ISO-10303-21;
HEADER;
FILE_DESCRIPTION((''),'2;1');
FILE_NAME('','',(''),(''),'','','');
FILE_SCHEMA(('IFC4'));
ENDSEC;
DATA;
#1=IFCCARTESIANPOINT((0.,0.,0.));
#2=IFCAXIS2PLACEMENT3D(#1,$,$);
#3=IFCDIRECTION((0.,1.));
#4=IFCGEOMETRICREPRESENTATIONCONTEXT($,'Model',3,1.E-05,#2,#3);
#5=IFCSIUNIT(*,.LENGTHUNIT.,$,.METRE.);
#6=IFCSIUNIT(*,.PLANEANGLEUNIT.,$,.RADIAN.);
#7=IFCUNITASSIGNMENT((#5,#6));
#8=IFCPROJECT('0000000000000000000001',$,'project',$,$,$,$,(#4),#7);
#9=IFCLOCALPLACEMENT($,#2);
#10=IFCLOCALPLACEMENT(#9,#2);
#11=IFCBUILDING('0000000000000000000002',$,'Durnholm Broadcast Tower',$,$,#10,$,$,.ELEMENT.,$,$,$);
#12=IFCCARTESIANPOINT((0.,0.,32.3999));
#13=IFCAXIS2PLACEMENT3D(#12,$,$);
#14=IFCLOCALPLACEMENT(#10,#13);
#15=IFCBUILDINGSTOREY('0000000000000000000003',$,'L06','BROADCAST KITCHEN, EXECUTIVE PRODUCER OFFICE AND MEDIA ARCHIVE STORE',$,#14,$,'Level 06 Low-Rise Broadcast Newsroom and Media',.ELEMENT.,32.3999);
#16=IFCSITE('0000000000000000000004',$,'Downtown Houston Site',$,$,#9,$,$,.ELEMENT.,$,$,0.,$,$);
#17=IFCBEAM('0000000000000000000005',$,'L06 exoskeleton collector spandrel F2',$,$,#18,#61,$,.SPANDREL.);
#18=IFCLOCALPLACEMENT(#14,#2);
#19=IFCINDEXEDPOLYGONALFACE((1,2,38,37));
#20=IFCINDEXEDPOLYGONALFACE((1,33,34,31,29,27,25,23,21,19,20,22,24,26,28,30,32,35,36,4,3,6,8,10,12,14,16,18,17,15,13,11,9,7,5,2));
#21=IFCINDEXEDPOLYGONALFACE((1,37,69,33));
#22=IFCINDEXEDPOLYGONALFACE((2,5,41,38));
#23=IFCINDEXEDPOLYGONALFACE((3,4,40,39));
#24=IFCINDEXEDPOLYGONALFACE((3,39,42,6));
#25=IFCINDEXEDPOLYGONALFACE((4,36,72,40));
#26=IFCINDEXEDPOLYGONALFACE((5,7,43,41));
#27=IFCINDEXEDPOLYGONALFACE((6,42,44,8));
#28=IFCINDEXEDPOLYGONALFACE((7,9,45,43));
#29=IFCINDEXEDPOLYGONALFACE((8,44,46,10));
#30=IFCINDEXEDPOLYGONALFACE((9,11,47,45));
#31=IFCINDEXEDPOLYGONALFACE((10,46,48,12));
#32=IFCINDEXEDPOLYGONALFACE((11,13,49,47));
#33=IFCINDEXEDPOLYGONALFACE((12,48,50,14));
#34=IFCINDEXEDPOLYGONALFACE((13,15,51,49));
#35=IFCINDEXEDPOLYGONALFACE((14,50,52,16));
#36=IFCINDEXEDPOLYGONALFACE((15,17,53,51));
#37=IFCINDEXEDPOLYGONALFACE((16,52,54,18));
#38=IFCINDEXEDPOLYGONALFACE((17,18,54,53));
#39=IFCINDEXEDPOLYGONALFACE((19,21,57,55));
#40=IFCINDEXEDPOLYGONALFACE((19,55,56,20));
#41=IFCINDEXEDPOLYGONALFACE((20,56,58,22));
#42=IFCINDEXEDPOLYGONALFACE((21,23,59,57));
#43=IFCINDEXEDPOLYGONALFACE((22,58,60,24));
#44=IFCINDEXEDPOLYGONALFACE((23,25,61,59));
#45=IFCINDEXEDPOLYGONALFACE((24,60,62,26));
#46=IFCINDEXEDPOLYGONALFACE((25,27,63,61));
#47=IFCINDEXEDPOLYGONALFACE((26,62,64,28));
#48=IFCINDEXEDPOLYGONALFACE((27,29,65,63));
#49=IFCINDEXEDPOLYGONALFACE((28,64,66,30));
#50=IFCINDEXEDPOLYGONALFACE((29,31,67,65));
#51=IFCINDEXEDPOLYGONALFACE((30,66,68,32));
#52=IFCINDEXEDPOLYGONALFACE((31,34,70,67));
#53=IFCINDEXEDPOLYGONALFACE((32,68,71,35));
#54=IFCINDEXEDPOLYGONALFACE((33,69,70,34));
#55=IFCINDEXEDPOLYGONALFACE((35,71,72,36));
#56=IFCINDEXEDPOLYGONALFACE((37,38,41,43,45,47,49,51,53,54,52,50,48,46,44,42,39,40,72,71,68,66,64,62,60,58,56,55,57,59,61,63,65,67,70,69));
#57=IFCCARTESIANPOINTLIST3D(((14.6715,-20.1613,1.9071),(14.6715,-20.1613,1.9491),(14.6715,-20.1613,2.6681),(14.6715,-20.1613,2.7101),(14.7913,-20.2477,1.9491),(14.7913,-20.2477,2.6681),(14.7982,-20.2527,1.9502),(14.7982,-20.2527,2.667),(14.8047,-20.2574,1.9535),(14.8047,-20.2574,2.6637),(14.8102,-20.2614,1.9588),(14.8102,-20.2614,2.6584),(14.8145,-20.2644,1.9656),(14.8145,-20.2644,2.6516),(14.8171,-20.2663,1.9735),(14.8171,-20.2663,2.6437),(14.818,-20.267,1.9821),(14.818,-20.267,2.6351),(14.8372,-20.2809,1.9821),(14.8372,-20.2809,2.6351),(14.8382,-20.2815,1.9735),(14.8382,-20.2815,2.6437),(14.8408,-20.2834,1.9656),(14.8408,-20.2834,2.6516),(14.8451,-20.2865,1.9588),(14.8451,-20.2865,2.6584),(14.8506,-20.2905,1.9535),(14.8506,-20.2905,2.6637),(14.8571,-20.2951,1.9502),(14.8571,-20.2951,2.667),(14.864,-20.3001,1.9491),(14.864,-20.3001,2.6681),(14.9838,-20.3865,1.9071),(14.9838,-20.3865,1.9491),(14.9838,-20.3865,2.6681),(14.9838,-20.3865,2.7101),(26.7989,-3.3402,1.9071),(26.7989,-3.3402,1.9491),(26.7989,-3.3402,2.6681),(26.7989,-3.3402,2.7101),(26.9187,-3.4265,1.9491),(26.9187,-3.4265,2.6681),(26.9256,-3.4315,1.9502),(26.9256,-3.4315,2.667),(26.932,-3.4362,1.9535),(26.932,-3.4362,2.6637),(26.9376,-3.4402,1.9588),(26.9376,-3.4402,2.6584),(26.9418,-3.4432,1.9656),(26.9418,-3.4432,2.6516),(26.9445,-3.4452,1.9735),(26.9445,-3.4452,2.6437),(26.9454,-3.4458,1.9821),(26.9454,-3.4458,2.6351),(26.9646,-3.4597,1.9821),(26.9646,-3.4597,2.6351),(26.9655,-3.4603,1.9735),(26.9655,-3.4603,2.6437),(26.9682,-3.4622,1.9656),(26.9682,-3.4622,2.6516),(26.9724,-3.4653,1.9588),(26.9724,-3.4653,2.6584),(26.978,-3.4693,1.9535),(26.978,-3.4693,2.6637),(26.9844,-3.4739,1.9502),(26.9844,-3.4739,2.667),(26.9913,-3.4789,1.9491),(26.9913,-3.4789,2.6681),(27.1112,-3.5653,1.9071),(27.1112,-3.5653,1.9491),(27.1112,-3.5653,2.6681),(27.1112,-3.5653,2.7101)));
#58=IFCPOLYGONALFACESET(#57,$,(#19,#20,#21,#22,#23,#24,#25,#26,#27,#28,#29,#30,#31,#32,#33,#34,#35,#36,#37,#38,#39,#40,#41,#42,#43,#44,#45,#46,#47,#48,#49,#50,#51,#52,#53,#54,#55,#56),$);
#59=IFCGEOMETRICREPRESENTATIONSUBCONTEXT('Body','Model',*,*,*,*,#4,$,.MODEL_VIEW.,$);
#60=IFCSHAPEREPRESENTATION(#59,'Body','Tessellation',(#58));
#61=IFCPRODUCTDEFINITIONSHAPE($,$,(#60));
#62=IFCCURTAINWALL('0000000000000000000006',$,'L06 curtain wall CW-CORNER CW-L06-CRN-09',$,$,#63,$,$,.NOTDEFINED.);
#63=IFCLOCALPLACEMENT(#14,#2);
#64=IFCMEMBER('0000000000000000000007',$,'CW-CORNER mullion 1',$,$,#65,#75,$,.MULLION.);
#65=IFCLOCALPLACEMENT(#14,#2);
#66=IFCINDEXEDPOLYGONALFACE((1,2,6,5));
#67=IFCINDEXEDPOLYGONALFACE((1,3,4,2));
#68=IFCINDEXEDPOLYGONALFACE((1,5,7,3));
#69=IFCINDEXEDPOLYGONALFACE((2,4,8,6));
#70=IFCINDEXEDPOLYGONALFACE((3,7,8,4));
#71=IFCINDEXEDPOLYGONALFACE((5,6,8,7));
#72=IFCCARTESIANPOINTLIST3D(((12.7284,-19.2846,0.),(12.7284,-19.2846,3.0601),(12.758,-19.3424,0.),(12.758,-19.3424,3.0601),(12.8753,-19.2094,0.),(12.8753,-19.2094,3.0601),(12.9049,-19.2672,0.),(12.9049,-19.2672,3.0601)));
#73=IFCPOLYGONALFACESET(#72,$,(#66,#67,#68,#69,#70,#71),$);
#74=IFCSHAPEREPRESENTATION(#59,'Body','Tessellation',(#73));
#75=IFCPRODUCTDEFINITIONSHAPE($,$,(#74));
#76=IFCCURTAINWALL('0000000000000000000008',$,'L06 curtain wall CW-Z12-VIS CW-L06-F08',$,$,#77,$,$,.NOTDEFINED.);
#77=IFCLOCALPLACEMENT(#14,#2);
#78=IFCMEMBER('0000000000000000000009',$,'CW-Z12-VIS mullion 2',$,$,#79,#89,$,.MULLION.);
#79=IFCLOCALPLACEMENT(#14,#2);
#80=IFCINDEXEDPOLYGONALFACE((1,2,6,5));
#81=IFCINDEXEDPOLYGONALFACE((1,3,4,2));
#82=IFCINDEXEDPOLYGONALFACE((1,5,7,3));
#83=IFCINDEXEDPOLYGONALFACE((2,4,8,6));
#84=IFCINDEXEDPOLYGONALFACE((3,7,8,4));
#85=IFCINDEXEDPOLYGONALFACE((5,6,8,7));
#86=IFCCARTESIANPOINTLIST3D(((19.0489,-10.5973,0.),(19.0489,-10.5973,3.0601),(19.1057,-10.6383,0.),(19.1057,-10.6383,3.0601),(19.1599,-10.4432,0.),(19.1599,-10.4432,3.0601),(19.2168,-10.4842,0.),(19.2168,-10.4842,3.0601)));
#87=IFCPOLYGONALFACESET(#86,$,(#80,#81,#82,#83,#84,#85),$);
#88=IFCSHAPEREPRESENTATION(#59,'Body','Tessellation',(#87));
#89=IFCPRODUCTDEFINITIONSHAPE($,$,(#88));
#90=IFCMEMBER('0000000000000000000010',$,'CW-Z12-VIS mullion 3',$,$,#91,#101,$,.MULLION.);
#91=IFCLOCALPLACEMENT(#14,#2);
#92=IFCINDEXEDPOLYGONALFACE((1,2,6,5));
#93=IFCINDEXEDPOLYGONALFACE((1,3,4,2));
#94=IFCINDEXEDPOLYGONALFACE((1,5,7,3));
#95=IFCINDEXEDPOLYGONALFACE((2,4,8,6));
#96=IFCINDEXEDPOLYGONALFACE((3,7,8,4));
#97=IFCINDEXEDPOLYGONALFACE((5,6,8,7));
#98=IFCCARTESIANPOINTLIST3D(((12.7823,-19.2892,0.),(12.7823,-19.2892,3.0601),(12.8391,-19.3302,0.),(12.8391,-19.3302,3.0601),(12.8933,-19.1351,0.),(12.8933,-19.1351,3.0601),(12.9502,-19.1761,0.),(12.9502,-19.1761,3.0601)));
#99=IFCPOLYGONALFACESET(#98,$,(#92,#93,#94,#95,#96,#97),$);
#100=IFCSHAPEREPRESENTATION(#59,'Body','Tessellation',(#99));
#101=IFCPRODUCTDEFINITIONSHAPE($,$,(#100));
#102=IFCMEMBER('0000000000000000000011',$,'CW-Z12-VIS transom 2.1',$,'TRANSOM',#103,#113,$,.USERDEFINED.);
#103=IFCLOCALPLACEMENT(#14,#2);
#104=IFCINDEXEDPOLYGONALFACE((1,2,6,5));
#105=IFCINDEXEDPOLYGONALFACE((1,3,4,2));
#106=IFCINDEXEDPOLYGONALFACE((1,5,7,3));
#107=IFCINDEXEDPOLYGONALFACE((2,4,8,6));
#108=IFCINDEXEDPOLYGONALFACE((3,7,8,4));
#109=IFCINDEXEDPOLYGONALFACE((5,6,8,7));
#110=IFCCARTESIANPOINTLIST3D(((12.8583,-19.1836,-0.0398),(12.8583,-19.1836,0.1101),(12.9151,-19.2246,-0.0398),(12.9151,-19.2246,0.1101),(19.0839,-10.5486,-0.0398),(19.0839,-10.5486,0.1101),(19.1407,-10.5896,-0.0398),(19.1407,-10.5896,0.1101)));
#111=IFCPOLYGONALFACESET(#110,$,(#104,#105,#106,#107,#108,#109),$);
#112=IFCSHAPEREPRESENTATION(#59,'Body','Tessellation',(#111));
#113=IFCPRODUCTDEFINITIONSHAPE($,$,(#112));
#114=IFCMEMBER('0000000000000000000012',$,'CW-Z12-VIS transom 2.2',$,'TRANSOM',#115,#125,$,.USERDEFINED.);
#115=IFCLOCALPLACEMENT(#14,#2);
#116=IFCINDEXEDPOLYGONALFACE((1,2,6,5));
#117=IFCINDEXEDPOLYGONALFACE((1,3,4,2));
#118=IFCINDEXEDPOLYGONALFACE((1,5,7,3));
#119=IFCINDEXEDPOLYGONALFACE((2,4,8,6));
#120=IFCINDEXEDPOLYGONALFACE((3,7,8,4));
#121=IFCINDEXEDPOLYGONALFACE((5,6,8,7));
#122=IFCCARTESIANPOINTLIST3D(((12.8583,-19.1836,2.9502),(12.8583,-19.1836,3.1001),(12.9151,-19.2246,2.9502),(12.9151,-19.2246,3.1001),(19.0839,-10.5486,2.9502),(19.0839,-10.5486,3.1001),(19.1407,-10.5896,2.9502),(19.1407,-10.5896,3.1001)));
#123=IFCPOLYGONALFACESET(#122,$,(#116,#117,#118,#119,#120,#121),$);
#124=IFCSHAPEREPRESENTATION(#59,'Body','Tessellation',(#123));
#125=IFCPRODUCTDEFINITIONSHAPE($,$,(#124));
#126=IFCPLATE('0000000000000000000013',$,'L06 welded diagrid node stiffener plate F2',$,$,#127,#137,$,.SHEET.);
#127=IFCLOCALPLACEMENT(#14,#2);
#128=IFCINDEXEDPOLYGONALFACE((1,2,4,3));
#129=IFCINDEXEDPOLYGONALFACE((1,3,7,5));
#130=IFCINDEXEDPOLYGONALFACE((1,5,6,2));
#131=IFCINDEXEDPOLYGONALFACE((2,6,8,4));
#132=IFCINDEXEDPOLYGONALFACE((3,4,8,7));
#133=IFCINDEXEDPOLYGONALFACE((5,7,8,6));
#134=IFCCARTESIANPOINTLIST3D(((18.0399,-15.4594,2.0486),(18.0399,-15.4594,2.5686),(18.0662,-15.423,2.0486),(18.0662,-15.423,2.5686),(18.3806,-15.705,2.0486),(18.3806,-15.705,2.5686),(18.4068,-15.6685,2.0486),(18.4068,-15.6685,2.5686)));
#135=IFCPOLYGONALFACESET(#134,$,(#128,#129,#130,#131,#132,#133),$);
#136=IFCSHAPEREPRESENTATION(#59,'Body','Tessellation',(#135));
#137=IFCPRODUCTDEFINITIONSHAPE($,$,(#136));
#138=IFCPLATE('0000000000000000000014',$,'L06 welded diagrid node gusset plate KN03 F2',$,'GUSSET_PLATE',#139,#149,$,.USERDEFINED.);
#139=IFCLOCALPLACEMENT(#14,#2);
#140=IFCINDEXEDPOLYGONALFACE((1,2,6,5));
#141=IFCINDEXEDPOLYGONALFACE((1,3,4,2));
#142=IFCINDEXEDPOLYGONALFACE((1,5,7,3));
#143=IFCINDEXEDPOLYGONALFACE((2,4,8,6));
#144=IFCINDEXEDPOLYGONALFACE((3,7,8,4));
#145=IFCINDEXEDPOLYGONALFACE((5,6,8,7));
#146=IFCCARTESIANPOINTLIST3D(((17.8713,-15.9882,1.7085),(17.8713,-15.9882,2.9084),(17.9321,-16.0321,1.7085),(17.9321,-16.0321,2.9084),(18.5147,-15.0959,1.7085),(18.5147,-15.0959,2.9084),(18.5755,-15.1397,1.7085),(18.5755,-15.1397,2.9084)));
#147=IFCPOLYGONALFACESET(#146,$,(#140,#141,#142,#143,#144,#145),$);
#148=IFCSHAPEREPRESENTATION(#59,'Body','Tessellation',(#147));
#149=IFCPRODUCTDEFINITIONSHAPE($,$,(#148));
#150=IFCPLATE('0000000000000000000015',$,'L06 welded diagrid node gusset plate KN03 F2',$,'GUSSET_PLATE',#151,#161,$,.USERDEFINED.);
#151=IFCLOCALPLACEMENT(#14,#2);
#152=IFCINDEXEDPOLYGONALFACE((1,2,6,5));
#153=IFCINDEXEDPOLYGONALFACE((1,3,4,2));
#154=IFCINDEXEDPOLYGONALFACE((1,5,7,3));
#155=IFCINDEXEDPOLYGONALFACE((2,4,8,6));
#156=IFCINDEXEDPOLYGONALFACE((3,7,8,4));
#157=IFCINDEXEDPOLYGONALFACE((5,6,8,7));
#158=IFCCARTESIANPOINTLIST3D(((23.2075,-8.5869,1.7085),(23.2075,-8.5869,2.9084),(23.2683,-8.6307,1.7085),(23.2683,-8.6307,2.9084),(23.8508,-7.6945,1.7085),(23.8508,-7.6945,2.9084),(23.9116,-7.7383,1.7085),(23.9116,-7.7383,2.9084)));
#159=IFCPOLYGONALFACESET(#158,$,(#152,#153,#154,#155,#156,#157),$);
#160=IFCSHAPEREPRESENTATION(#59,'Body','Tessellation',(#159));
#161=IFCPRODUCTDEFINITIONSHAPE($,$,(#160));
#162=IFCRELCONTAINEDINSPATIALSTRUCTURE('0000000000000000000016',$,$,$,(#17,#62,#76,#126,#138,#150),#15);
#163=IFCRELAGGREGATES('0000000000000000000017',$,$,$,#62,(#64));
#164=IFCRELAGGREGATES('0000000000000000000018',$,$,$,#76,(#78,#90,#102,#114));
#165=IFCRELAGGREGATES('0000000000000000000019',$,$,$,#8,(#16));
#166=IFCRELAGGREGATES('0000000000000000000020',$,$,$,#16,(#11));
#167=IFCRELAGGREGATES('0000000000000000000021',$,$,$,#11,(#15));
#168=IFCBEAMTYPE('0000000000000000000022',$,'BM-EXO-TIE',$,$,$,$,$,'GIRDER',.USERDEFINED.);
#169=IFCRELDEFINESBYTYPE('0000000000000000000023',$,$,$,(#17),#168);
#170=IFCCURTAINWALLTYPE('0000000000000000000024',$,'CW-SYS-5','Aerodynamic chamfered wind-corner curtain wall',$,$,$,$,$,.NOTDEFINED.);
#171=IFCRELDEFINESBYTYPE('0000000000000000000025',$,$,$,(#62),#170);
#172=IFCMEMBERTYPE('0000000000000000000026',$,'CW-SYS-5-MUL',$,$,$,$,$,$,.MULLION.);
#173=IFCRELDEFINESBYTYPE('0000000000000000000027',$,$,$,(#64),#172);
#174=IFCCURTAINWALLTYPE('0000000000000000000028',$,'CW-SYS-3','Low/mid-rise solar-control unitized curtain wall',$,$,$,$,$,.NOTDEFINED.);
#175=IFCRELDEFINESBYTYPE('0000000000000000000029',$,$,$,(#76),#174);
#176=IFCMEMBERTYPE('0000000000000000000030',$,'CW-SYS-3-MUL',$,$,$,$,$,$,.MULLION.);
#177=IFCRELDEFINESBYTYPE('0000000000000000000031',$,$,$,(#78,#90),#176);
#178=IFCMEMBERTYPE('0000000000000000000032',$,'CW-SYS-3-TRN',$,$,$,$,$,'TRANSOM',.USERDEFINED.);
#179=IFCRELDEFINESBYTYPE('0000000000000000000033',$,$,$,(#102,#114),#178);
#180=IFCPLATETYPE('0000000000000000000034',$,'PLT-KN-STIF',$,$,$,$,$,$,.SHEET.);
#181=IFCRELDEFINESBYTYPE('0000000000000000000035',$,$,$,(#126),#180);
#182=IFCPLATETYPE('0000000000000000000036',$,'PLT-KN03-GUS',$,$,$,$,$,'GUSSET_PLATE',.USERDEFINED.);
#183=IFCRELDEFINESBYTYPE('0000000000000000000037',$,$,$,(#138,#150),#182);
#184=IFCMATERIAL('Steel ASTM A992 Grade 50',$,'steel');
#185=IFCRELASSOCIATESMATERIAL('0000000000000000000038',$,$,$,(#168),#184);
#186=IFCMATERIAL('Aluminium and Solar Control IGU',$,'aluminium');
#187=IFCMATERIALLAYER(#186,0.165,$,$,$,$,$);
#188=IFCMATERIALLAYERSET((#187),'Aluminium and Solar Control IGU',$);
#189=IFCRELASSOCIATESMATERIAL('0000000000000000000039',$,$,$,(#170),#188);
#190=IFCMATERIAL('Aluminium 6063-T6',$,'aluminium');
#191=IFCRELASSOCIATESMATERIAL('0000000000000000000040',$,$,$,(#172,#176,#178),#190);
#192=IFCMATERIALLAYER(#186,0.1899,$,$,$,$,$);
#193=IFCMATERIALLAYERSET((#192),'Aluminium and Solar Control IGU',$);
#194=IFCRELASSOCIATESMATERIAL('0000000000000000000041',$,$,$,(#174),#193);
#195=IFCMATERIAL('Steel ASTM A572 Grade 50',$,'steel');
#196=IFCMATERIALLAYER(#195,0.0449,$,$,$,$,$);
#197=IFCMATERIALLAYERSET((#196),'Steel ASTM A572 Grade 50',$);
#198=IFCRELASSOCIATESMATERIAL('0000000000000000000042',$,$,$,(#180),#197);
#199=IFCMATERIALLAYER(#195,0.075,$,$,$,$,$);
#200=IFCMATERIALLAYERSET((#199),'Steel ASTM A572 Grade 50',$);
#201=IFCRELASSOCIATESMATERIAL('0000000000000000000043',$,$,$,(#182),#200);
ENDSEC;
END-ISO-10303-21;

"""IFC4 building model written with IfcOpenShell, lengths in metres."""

from ifc_helpers import new_model, si_unit, direction, frame, origin, origin_2d, place, context, subcontext, project, spatial, rectangle, i_section, extrude, source, transform, mapped, material, layer, layer_set, material_profile, profile_set, type_object, type_shapes, element, aggregate, save


model = new_model("IFC4")

# Units and contexts
model_context = context("Model", 3, precision=1e-05, world=origin(), true_north=direction((0.0, 1.0)))
body_context = subcontext(model_context, "Body", "Model", "MODEL_VIEW")
ifc_project = project(units=[si_unit("LENGTHUNIT", "METRE"), si_unit("PLANEANGLEUNIT", "RADIAN")], contexts=[model_context])

# Site, building, storey
site_placement = place(None, origin())
site = spatial("IfcSite", under=ifc_project, at=site_placement, Name="Downtown Houston Site", CompositionType="ELEMENT", RefElevation=0.0)
building_placement = place(site_placement, origin())
building = spatial("IfcBuilding", under=site, at=building_placement, Name="Durnholm Broadcast Tower", CompositionType="ELEMENT")
storey_placement = place(building_placement, frame((0.0, 0.0, 32.3999)))
storey = spatial("IfcBuildingStorey", under=building, at=storey_placement, Name="L06", Description="BROADCAST KITCHEN, EXECUTIVE PRODUCER OFFICE AND MEDIA ARCHIVE STORE", LongName="Level 06 Low-Rise Broadcast Newsroom and Media", CompositionType="ELEMENT", Elevation=32.3999)

# Beam
ifc_material_1 = material(Name="Steel ASTM A992 Grade 50", Category="steel")
ifc_material_profile_1 = material_profile(ifc_material_1, i_section(OverallWidth=0.385, OverallDepth=0.803, WebThickness=0.0237, FlangeThickness=0.042, FilletRadius=0.033, at=origin_2d()), Name="W30X261")
ifc_profile_set_1 = profile_set([ifc_material_profile_1], Name="Steel ASTM A992 Grade 50")
beam_type = type_object("IfcBeamType", Name="BM-EXO-TIE", ElementType="GIRDER", PredefinedType="USERDEFINED", material=ifc_profile_set_1)
shared_shape_1 = source(origin(), body_context, "Body", "SweptSolid", [
    extrude(i_section(OverallWidth=0.385, OverallDepth=0.803, WebThickness=0.0237, FlangeThickness=0.042, FilletRadius=0.033, at=origin_2d()), origin(), (0.0, 0.0, 1.0), 20.7371),
])
type_shapes(beam_type, [shared_shape_1])
for number, where, z_axis, x_axis, name in (
    (1, (14.8276, -20.2739, 2.3086), (0.584816, 0.811166, 0.0), (-0.811166, 0.584816, 0.0), "L06 exoskeleton collector spandrel F2"),
):
    element("IfcBeam", number, at=place(storey_placement, frame(where, z_axis=z_axis, x_axis=x_axis)), inside=storey, type_object=beam_type, Name=name, PredefinedType="SPANDREL", context=body_context, shape_type="MappedRepresentation", body=[
        mapped(shared_shape_1, transform((0.0, 0.0, 0.0), x_axis=(1.0, 0.0, 0.0), y_axis=(0.0, 1.0, 0.0), z_axis=(0.0, 0.0, 1.0), scale=1.0)),
    ])

# Curtain wall, member
ifc_material_2 = material(Name="Aluminium and Solar Control IGU", Category="aluminium")
ifc_layer_1 = layer(ifc_material_2, 0.165)
ifc_layer_set_1 = layer_set([ifc_layer_1], Name="Aluminium and Solar Control IGU")
curtain_wall_type_1 = type_object("IfcCurtainWallType", Name="CW-SYS-5", Description="Aerodynamic chamfered wind-corner curtain wall", PredefinedType="NOTDEFINED", material=ifc_layer_set_1)
curtain_wall_1_placement = place(storey_placement, origin())
curtain_wall_1 = element("IfcCurtainWall", 2, at=curtain_wall_1_placement, inside=storey, type_object=curtain_wall_type_1, Name="L06 curtain wall CW-CORNER CW-L06-CRN-09", PredefinedType="NOTDEFINED")
ifc_material_3 = material(Name="Aluminium 6063-T6", Category="aluminium")
ifc_material_profile_2 = material_profile(ifc_material_3, rectangle(XDim=0.0649, YDim=0.165, at=origin_2d()), Name="CWM65X165")
ifc_profile_set_2 = profile_set([ifc_material_profile_2], Name="Aluminium 6063-T6")
member_type_1 = type_object("IfcMemberType", Name="CW-SYS-5-MUL", PredefinedType="MULLION", material=ifc_profile_set_2)
shared_shape_2 = source(origin(), body_context, "Body", "SweptSolid", [
    extrude(rectangle(XDim=0.0649, YDim=0.165, at=origin_2d()), origin(), (0.0, 0.0, 1.0), 3.0601),
])
type_shapes(member_type_1, [shared_shape_2])
member_1_placement = place(storey_placement, frame((12.8167, -19.2759, 0.0), z_axis=(0.0, 0.0, 1.0), x_axis=(0.455594, -0.890188, 0.0)))
member_1 = element("IfcMember", 3, at=member_1_placement, type_object=member_type_1, Name="CW-CORNER mullion 1", PredefinedType="MULLION", context=body_context, shape_type="MappedRepresentation", body=[
    mapped(shared_shape_2, transform((0.0, 0.0, 0.0), x_axis=(1.0, 0.0, 0.0), y_axis=(0.0, 1.0, 0.0), z_axis=(0.0, 0.0, 1.0), scale=1.0)),
])
aggregate(curtain_wall_1, [member_1])

# Curtain wall, members
ifc_layer_2 = layer(ifc_material_2, 0.1899)
ifc_layer_set_2 = layer_set([ifc_layer_2], Name="Aluminium and Solar Control IGU")
curtain_wall_type_2 = type_object("IfcCurtainWallType", Name="CW-SYS-3", Description="Low/mid-rise solar-control unitized curtain wall", PredefinedType="NOTDEFINED", material=ifc_layer_set_2)
curtain_wall_2_placement = place(storey_placement, origin())
curtain_wall_2 = element("IfcCurtainWall", 4, at=curtain_wall_2_placement, inside=storey, type_object=curtain_wall_type_2, Name="L06 curtain wall CW-Z12-VIS CW-L06-F08", PredefinedType="NOTDEFINED")
ifc_material_profile_3 = material_profile(ifc_material_3, rectangle(XDim=0.0701, YDim=0.1899, at=origin_2d()), Name="CWM70X190")
ifc_profile_set_3 = profile_set([ifc_material_profile_3], Name="Aluminium 6063-T6")
member_type_2 = type_object("IfcMemberType", Name="CW-SYS-3-MUL", PredefinedType="MULLION", material=ifc_profile_set_3)
shared_shape_3 = source(origin(), body_context, "Body", "SweptSolid", [
    extrude(rectangle(XDim=0.0701, YDim=0.1899, at=origin_2d()), origin(), (0.0, 0.0, 1.0), 3.0601),
])
type_shapes(member_type_2, [shared_shape_3])
member_2_placement = place(storey_placement, frame((19.1328, -10.5408, 0.0), z_axis=(0.0, 0.0, 1.0), x_axis=(0.811161, -0.584823, 0.0)))
member_2 = element("IfcMember", 5, at=member_2_placement, type_object=member_type_2, Name="CW-Z12-VIS mullion 2", PredefinedType="MULLION", context=body_context, shape_type="MappedRepresentation", body=[
    mapped(shared_shape_3, transform((0.0, 0.0, 0.0), x_axis=(1.0, 0.0, 0.0), y_axis=(0.0, 1.0, 0.0), z_axis=(0.0, 0.0, 1.0), scale=1.0)),
])
member_3_placement = place(storey_placement, frame((12.8662, -19.2327, 0.0), z_axis=(0.0, 0.0, 1.0), x_axis=(0.811161, -0.584823, 0.0)))
member_3 = element("IfcMember", 6, at=member_3_placement, type_object=member_type_2, Name="CW-Z12-VIS mullion 3", PredefinedType="MULLION", context=body_context, shape_type="MappedRepresentation", body=[
    mapped(shared_shape_3, transform((0.0, 0.0, 0.0), x_axis=(1.0, 0.0, 0.0), y_axis=(0.0, 1.0, 0.0), z_axis=(0.0, 0.0, 1.0), scale=1.0)),
])
ifc_material_profile_4 = material_profile(ifc_material_3, rectangle(XDim=0.0701, YDim=0.1499, at=origin_2d()), Name="CWT70X150")
ifc_profile_set_4 = profile_set([ifc_material_profile_4], Name="Aluminium 6063-T6")
member_type_3 = type_object("IfcMemberType", Name="CW-SYS-3-TRN", ElementType="TRANSOM", PredefinedType="USERDEFINED", material=ifc_profile_set_4)
shared_shape_4 = source(origin(), body_context, "Body", "SweptSolid", [
    extrude(rectangle(XDim=0.0701, YDim=0.1499, at=origin_2d()), origin(), (0.0, 0.0, 1.0), 10.6453),
])
type_shapes(member_type_3, [shared_shape_4])
member_4_placement = place(storey_placement, frame((19.1123, -10.5691, 0.0352), z_axis=(-0.584823, -0.811161, 0.0), x_axis=(0.811161, -0.584823, 0.0)))
member_4 = element("IfcMember", 7, at=member_4_placement, type_object=member_type_3, Name="CW-Z12-VIS transom 2.1", ObjectType="TRANSOM", PredefinedType="USERDEFINED", context=body_context, shape_type="MappedRepresentation", body=[
    mapped(shared_shape_4, transform((0.0, 0.0, 0.0), x_axis=(1.0, 0.0, 0.0), y_axis=(0.0, 1.0, 0.0), z_axis=(0.0, 0.0, 1.0), scale=1.0)),
])
member_5_placement = place(storey_placement, frame((19.1123, -10.5691, 3.0251), z_axis=(-0.584823, -0.811161, 0.0), x_axis=(0.811161, -0.584823, 0.0)))
member_5 = element("IfcMember", 8, at=member_5_placement, type_object=member_type_3, Name="CW-Z12-VIS transom 2.2", ObjectType="TRANSOM", PredefinedType="USERDEFINED", context=body_context, shape_type="MappedRepresentation", body=[
    mapped(shared_shape_4, transform((0.0, 0.0, 0.0), x_axis=(1.0, 0.0, 0.0), y_axis=(0.0, 1.0, 0.0), z_axis=(0.0, 0.0, 1.0), scale=1.0)),
])

# Plates
ifc_material_4 = material(Name="Steel ASTM A572 Grade 50", Category="steel")
ifc_layer_3 = layer(ifc_material_4, 0.0449)
ifc_layer_set_3 = layer_set([ifc_layer_3], Name="Steel ASTM A572 Grade 50")
plate_type_1 = type_object("IfcPlateType", Name="PLT-KN-STIF", PredefinedType="SHEET", material=ifc_layer_set_3)
shared_shape_5 = source(origin(), body_context, "Body", "SweptSolid", [
    extrude(rectangle(XDim=0.0449, YDim=0.4199, at=origin_2d()), origin(), (0.0, 0.0, 1.0), 0.52),
])
type_shapes(plate_type_1, [shared_shape_5])
plate_1_placement = place(storey_placement, frame((18.2234, -15.564, 2.0486), z_axis=(0.0, 0.0, 1.0), x_axis=(0.584816, 0.811166, 0.0)))
element("IfcPlate", 9, at=plate_1_placement, inside=storey, type_object=plate_type_1, Name="L06 welded diagrid node stiffener plate F2", PredefinedType="SHEET", context=body_context, shape_type="MappedRepresentation", body=[
    mapped(shared_shape_5, transform((0.0, 0.0, 0.0), x_axis=(1.0, 0.0, 0.0), y_axis=(0.0, 1.0, 0.0), z_axis=(0.0, 0.0, 1.0), scale=1.0)),
])
ifc_layer_4 = layer(ifc_material_4, 0.075)
ifc_layer_set_4 = layer_set([ifc_layer_4], Name="Steel ASTM A572 Grade 50")
plate_type_2 = type_object("IfcPlateType", Name="PLT-KN03-GUS", ElementType="GUSSET_PLATE", PredefinedType="USERDEFINED", material=ifc_layer_set_4)
shared_shape_6 = source(origin(), body_context, "Body", "SweptSolid", [
    extrude(rectangle(XDim=1.1001, YDim=0.075, at=origin_2d()), origin(), (0.0, 0.0, 1.0), 1.2),
])
type_shapes(plate_type_2, [shared_shape_6])
for number, where, z_axis, x_axis, name in (
    (10, (18.2234, -15.564, 1.7085), (0.0, 0.0, 1.0), (0.584816, 0.811166, 0.0), "L06 welded diagrid node gusset plate KN03 F2"),
    (11, (23.5596, -8.1626, 1.7085), (0.0, 0.0, 1.0), (0.584816, 0.811166, 0.0), "L06 welded diagrid node gusset plate KN03 F2"),
):
    element("IfcPlate", number, at=place(storey_placement, frame(where, z_axis=z_axis, x_axis=x_axis)), inside=storey, type_object=plate_type_2, Name=name, ObjectType="GUSSET_PLATE", PredefinedType="USERDEFINED", context=body_context, shape_type="MappedRepresentation", body=[
        mapped(shared_shape_6, transform((0.0, 0.0, 0.0), x_axis=(1.0, 0.0, 0.0), y_axis=(0.0, 1.0, 0.0), z_axis=(0.0, 0.0, 1.0), scale=1.0)),
    ])

aggregate(curtain_wall_2, [member_2, member_3, member_4, member_5])

save(model, "model.ifc")
